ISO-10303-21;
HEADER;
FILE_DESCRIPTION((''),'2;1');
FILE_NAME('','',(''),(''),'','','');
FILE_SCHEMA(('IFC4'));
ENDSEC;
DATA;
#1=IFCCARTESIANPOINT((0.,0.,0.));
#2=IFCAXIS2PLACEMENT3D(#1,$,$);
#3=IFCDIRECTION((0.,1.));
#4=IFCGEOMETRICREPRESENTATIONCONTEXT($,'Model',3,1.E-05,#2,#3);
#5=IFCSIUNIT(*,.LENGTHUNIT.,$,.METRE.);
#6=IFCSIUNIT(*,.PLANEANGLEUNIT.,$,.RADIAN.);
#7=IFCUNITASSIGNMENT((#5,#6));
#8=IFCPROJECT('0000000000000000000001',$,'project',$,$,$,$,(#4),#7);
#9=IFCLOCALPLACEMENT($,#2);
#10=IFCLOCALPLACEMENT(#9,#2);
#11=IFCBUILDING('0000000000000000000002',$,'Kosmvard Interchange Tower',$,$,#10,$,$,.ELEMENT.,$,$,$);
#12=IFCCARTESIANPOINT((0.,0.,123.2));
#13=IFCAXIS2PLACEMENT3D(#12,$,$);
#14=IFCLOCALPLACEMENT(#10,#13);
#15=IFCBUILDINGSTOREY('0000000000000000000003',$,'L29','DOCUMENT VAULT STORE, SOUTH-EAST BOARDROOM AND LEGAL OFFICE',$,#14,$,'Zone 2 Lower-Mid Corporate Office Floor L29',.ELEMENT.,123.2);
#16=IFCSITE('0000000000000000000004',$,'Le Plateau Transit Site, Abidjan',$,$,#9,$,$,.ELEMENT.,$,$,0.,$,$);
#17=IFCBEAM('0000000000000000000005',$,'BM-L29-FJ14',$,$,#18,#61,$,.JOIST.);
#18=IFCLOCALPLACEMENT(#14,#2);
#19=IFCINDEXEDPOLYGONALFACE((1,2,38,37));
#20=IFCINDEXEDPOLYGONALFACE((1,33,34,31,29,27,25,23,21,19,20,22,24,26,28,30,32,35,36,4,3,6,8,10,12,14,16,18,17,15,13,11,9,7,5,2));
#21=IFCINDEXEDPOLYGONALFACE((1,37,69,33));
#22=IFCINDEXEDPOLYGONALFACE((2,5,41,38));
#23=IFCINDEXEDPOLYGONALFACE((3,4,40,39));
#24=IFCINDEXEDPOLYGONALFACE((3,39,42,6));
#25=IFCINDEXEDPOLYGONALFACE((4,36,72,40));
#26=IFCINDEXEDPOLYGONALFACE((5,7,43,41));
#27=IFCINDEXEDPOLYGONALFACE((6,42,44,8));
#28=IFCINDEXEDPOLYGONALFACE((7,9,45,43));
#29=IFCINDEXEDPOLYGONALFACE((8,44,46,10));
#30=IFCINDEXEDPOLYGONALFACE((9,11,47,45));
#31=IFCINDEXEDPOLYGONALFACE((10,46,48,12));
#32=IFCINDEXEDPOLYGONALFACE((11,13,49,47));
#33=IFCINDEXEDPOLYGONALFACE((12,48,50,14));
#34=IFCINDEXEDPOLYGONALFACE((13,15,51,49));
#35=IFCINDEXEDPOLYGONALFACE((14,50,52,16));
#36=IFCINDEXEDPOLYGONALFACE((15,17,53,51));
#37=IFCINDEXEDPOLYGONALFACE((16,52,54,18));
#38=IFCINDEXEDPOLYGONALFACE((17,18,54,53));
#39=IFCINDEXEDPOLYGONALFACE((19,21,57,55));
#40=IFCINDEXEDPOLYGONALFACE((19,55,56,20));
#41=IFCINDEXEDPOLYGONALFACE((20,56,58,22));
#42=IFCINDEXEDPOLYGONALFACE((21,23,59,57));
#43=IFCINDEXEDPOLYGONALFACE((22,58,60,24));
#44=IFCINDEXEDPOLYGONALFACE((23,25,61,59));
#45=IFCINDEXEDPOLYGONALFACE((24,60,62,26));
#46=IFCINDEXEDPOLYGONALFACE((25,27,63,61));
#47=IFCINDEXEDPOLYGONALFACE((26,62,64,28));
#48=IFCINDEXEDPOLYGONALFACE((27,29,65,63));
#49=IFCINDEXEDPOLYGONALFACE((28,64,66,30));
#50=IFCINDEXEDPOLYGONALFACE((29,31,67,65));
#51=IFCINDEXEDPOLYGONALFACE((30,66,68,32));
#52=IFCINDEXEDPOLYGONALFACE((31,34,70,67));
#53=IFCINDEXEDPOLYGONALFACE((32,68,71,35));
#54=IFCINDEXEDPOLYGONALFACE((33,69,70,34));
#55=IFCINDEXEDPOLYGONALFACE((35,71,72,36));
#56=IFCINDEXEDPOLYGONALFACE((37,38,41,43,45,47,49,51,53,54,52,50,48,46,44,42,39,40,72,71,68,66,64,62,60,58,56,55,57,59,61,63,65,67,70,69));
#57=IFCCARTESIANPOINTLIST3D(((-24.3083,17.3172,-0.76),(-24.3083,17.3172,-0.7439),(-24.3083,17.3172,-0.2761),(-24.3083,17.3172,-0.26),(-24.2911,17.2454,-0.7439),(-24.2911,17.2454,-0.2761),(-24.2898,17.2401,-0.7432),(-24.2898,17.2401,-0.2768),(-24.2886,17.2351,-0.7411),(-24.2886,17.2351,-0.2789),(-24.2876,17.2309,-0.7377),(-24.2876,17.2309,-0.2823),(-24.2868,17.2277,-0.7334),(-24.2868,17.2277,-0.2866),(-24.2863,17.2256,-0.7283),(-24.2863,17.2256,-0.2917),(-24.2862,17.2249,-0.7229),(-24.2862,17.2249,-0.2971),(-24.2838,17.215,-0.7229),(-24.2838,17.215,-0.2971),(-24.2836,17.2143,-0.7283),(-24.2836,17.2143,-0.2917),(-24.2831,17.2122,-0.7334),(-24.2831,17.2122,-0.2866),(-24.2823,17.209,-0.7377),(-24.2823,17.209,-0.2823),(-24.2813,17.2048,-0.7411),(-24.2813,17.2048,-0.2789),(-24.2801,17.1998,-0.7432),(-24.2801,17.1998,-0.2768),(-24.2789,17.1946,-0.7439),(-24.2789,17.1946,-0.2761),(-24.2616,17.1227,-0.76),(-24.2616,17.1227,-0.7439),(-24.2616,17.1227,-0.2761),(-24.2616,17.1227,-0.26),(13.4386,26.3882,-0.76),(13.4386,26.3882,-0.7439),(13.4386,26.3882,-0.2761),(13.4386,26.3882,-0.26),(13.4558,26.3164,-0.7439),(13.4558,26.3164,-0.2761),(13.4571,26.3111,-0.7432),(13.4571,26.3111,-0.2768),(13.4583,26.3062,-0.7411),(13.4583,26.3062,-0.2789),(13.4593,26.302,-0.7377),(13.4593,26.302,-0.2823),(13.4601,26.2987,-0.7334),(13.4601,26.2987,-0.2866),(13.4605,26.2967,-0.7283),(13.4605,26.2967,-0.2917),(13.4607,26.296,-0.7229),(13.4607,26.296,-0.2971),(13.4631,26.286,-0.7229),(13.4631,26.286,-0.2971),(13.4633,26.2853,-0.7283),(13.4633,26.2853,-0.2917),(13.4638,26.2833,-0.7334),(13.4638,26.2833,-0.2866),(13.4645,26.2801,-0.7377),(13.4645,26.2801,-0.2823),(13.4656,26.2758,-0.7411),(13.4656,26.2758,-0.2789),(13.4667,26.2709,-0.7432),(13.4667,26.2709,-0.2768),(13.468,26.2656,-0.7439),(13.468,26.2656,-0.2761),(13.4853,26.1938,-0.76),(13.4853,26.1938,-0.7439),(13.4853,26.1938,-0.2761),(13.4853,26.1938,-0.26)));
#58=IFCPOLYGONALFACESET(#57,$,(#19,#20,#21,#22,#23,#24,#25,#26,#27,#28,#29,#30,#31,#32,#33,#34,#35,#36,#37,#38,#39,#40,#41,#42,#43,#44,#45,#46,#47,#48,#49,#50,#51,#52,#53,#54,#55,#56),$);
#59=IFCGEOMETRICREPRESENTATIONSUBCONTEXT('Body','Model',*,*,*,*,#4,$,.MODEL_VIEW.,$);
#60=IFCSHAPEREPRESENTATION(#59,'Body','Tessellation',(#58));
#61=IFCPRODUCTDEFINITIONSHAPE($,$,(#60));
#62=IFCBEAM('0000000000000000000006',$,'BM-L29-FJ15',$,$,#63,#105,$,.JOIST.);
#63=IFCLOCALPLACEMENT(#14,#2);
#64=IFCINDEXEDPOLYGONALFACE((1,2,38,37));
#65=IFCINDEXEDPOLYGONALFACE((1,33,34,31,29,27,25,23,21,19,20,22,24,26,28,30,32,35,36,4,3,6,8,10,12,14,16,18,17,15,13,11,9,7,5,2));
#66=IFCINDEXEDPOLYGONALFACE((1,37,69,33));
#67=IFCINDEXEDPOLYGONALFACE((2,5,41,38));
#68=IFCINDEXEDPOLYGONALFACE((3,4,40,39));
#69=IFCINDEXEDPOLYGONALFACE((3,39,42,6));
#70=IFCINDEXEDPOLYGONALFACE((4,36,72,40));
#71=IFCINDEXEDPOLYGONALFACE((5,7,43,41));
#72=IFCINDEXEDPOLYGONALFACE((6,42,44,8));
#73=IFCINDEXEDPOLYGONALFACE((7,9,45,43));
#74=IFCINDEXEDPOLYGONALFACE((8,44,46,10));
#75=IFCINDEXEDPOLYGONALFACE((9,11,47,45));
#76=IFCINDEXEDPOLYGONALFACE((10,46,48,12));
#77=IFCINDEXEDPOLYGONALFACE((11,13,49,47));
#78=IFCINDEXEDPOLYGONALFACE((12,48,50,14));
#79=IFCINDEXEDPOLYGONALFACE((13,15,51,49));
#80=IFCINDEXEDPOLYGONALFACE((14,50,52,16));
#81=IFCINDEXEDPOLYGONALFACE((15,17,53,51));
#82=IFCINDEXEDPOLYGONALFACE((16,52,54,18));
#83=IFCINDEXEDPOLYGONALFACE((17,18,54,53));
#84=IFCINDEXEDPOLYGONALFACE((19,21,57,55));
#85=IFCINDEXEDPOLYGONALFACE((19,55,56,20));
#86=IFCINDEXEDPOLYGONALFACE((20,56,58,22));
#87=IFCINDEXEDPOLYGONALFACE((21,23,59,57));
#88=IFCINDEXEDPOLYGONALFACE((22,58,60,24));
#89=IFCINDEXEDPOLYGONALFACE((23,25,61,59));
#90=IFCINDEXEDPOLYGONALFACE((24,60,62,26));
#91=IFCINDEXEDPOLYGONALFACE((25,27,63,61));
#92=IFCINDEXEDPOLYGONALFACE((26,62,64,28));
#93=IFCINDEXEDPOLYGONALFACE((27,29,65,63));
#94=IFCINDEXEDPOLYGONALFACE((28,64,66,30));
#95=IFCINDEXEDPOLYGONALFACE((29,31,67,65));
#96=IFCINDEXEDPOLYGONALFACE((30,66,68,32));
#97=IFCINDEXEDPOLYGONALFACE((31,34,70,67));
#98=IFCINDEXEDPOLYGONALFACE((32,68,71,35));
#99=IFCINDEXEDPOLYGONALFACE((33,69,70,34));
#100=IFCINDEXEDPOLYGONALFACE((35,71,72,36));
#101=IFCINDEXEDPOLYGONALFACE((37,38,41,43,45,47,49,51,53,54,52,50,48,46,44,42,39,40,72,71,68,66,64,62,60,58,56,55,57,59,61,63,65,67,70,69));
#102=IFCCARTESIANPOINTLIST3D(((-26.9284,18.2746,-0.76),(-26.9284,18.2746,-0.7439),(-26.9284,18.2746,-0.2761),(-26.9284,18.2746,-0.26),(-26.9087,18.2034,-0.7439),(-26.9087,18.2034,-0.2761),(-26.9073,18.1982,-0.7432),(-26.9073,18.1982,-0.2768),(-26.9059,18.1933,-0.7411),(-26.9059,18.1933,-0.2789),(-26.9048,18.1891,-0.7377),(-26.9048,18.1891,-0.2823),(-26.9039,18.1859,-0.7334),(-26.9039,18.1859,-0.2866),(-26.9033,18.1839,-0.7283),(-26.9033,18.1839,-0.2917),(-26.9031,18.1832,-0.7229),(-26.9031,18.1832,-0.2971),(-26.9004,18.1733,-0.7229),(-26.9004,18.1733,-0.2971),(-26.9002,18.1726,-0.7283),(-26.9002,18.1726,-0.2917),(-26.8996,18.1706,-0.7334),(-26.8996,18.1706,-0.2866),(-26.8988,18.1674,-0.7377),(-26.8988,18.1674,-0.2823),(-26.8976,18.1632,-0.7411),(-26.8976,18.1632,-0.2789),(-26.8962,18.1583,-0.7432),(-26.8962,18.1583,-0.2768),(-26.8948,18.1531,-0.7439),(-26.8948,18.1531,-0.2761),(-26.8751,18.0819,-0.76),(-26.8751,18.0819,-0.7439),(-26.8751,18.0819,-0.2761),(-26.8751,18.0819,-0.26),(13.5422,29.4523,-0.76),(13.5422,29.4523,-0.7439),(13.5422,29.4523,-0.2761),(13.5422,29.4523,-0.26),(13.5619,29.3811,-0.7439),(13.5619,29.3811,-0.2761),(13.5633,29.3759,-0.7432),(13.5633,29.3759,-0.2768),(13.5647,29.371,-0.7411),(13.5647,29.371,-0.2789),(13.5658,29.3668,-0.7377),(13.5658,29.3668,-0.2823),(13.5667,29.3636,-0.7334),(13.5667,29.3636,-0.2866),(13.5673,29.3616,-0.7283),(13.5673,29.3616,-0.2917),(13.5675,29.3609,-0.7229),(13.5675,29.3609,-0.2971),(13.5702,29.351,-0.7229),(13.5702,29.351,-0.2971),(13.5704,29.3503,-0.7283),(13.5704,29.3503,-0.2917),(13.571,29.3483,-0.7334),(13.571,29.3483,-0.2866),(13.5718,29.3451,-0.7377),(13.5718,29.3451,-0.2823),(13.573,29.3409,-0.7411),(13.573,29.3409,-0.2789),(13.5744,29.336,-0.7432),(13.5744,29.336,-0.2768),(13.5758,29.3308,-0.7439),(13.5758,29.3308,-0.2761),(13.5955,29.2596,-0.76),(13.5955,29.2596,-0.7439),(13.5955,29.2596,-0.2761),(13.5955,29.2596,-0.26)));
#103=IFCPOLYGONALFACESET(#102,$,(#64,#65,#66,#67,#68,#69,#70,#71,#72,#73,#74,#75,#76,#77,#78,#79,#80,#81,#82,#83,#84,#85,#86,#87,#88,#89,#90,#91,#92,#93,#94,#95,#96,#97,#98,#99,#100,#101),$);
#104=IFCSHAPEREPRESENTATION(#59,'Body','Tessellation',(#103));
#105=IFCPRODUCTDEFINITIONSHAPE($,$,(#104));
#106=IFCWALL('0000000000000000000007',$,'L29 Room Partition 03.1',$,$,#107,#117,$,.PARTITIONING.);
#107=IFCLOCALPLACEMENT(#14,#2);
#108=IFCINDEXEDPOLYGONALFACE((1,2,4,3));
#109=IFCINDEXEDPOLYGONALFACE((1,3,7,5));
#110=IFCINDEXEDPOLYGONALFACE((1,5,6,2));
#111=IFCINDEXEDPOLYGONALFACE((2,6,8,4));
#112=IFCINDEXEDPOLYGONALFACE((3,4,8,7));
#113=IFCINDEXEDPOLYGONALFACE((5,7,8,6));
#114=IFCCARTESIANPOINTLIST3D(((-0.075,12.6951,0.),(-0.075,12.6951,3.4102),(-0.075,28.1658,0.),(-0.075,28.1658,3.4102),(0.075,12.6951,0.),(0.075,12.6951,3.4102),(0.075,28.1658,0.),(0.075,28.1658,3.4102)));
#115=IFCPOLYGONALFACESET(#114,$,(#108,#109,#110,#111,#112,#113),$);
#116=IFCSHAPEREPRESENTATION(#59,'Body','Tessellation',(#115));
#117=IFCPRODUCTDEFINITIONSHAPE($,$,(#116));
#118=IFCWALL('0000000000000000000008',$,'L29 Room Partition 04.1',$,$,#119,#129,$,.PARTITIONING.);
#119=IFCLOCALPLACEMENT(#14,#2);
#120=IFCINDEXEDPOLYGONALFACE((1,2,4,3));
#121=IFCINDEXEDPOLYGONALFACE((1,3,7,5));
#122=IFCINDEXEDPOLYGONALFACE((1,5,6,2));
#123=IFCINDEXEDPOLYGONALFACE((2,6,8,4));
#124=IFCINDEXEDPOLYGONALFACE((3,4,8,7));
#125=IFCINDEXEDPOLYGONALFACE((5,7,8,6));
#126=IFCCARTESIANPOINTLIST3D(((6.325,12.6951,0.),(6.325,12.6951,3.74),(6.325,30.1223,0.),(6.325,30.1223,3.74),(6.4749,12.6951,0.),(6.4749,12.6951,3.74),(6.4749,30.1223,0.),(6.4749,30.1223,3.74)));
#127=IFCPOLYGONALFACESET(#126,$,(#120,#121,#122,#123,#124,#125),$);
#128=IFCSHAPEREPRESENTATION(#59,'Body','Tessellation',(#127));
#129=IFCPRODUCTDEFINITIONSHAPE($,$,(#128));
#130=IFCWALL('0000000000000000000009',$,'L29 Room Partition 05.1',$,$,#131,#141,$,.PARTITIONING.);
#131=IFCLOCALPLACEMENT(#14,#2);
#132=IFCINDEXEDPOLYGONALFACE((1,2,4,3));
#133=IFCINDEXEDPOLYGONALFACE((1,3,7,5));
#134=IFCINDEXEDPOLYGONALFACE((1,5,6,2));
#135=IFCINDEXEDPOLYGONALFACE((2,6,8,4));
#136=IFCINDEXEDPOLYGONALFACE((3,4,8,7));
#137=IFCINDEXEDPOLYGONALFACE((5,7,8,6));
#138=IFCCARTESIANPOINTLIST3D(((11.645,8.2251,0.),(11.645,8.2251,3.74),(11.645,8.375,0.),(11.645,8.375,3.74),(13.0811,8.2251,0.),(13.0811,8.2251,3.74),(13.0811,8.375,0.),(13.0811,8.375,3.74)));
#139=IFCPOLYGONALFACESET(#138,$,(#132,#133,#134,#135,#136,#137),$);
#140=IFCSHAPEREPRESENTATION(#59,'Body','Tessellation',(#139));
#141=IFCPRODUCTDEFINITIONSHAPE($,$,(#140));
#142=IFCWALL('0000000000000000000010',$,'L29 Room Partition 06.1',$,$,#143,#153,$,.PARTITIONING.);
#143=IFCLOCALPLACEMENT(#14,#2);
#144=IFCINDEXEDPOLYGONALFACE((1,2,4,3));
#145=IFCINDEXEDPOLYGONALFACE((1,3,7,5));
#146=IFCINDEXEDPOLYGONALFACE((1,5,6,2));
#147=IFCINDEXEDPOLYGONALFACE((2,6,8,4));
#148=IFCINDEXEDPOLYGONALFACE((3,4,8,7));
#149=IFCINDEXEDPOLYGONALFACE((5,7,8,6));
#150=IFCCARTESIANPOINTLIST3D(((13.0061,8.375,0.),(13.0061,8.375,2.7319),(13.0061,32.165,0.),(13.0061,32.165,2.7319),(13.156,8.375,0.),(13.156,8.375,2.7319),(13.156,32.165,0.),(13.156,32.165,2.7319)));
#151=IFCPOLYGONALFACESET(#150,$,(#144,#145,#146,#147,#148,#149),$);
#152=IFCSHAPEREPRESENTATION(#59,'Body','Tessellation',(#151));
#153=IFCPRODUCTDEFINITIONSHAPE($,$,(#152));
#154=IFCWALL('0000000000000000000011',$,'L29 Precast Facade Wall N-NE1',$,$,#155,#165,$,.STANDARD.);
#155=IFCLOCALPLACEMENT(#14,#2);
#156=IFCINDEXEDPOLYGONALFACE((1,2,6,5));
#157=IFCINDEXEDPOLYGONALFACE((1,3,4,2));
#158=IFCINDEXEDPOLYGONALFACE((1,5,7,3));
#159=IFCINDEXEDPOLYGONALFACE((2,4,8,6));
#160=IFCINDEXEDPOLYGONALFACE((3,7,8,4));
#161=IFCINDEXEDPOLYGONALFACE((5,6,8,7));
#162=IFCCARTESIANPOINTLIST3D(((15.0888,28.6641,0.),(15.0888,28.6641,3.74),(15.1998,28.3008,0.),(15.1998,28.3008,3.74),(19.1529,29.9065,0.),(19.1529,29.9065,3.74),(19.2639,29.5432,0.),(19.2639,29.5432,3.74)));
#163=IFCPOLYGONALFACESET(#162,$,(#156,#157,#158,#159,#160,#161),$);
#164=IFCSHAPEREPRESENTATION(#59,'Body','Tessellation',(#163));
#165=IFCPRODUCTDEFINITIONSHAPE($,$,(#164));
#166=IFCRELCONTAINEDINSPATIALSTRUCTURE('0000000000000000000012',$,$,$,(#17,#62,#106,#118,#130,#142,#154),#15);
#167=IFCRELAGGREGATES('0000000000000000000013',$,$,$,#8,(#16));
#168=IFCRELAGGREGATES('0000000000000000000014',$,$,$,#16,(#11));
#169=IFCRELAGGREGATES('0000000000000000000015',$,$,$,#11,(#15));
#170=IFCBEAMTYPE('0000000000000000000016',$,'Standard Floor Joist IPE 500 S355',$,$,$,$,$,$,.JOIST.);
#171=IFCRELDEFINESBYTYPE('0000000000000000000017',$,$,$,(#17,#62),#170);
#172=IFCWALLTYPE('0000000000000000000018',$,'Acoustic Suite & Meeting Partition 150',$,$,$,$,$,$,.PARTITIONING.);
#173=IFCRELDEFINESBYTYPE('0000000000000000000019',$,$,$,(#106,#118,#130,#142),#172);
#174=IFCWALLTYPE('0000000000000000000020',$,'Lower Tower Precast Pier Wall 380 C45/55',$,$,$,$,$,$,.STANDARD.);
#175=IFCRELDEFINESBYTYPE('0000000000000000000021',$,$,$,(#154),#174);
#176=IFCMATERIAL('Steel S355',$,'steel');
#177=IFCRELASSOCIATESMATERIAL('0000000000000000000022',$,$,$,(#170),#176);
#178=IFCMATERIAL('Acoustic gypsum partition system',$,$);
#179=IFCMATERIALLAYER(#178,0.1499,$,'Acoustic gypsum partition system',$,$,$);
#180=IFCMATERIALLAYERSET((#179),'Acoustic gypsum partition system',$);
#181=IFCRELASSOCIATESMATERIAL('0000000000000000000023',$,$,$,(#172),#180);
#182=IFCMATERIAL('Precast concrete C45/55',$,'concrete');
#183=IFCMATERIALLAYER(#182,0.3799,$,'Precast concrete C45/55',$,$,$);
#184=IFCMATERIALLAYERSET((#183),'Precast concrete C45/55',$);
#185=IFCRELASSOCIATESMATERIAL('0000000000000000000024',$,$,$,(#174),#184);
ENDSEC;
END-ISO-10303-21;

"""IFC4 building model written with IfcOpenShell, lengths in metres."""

from ifc_helpers import new_model, si_unit, direction, frame, frame_2d, origin, origin_2d, place, context, subcontext, project, spatial, rectangle, i_section, extrude, source, transform, mapped, material, layer, layer_set, material_profile, profile_set, type_object, element, save


model = new_model("IFC4")

# Units and contexts
model_context = context("Model", 3, precision=1e-05, world=origin(), true_north=direction((0.0, 1.0)))
body_context = subcontext(model_context, "Body", "Model", "MODEL_VIEW")
ifc_project = project(units=[si_unit("LENGTHUNIT", "METRE"), si_unit("PLANEANGLEUNIT", "RADIAN")], contexts=[model_context])

# Site, building, storey
site_placement = place(None, origin())
site = spatial("IfcSite", under=ifc_project, at=site_placement, Name="Le Plateau Transit Site, Abidjan", CompositionType="ELEMENT", RefElevation=0.0)
building_placement = place(site_placement, origin())
building = spatial("IfcBuilding", under=site, at=building_placement, Name="Kosmvard Interchange Tower", CompositionType="ELEMENT")
storey_placement = place(building_placement, frame((0.0, 0.0, 123.2)))
storey = spatial("IfcBuildingStorey", under=building, at=storey_placement, Name="L29", Description="DOCUMENT VAULT STORE, SOUTH-EAST BOARDROOM AND LEGAL OFFICE", LongName="Zone 2 Lower-Mid Corporate Office Floor L29", CompositionType="ELEMENT", Elevation=123.2)

# Beams
ifc_material_1 = material(Name="Steel S355", Category="steel")
ifc_material_2 = material(Name="Precast concrete C45/55", Category="concrete")
ifc_material_profile_1 = material_profile(ifc_material_1, i_section(OverallWidth=0.2, OverallDepth=0.5, WebThickness=0.0103, FlangeThickness=0.0161, FilletRadius=0.021, at=origin_2d()), Name="IPE 500")
ifc_profile_set_1 = profile_set([ifc_material_profile_1], Name="Steel S355")
beam_type_1 = type_object("IfcBeamType", Name="Standard Floor Joist IPE 500 S355", PredefinedType="JOIST", material=ifc_profile_set_1)
shared_shape_1 = source(origin(), body_context, "Body", "SweptSolid", [
    extrude(i_section(OverallWidth=0.2, OverallDepth=0.5, WebThickness=0.0103, FlangeThickness=0.0161, FilletRadius=0.021, at=origin_2d()), origin(), (0.0, 0.0, 1.0), 38.8215),
])
beam_1_placement = place(storey_placement, frame((13.4619, 26.291, -0.51), z_axis=(-0.972318, -0.233661, 0.0), x_axis=(0.233661, -0.972318, 0.0)))
element("IfcBeam", 1, at=beam_1_placement, inside=storey, type_object=beam_type_1, Name="BM-L29-FJ14", PredefinedType="JOIST", context=body_context, shape_type="MappedRepresentation", body=[
    mapped(shared_shape_1, transform((0.0, 0.0, 0.0), scale=1.0)),
])
shared_shape_2 = source(origin(), body_context, "Body", "SweptSolid", [
    extrude(i_section(OverallWidth=0.2, OverallDepth=0.5, WebThickness=0.0103, FlangeThickness=0.0161, FilletRadius=0.021, at=origin_2d()), origin(), (0.0, 0.0, 1.0), 41.9858),
])
beam_2_placement = place(storey_placement, frame((13.5688, 29.356, -0.51), z_axis=(-0.963911, -0.266226, 0.0), x_axis=(0.266226, -0.963911, 0.0)))
element("IfcBeam", 2, at=beam_2_placement, inside=storey, type_object=beam_type_1, Name="BM-L29-FJ15", PredefinedType="JOIST", context=body_context, shape_type="MappedRepresentation", body=[
    mapped(shared_shape_2, transform((0.0, 0.0, 0.0), scale=1.0)),
])

# Walls
ifc_material_3 = material(Name="Acoustic gypsum partition system")
ifc_layer_1 = layer(ifc_material_3, 0.1499, Name="Acoustic gypsum partition system")
ifc_layer_set_1 = layer_set([ifc_layer_1], Name="Acoustic gypsum partition system")
wall_type_1 = type_object("IfcWallType", Name="Acoustic Suite & Meeting Partition 150", PredefinedType="PARTITIONING", material=ifc_layer_set_1)
wall_1_placement = place(storey_placement, frame((0.0, 12.6951, 0.0), z_axis=(0.0, 0.0, 1.0), x_axis=(0.0, 1.0, 0.0)))
element("IfcWall", 3, at=wall_1_placement, inside=storey, type_object=wall_type_1, Name="L29 Room Partition 03.1", PredefinedType="PARTITIONING", context=body_context, shape_type="SweptSolid", body=[
    extrude(rectangle(XDim=15.4707, YDim=0.1499, at=frame_2d((7.7354, 0.0))), origin(), (0.0, 0.0, 1.0), 3.4102),
])
wall_2_placement = place(storey_placement, frame((6.3999, 12.6951, 0.0), z_axis=(0.0, 0.0, 1.0), x_axis=(0.0, 1.0, 0.0)))
element("IfcWall", 4, at=wall_2_placement, inside=storey, type_object=wall_type_1, Name="L29 Room Partition 04.1", PredefinedType="PARTITIONING", context=body_context, shape_type="SweptSolid", body=[
    extrude(rectangle(XDim=17.4272, YDim=0.1499, at=frame_2d((8.7136, 0.0))), origin(), (0.0, 0.0, 1.0), 3.74),
])
wall_3_placement = place(storey_placement, frame((11.645, 8.3, 0.0), z_axis=(0.0, 0.0, 1.0), x_axis=(1.0, 0.0, 0.0)))
element("IfcWall", 5, at=wall_3_placement, inside=storey, type_object=wall_type_1, Name="L29 Room Partition 05.1", PredefinedType="PARTITIONING", context=body_context, shape_type="SweptSolid", body=[
    extrude(rectangle(XDim=1.436, YDim=0.1499, at=frame_2d((0.718, 0.0))), origin(), (0.0, 0.0, 1.0), 3.74),
])
wall_4_placement = place(storey_placement, frame((13.0811, 8.375, 0.0), z_axis=(0.0, 0.0, 1.0), x_axis=(0.0, 1.0, 0.0)))
element("IfcWall", 6, at=wall_4_placement, inside=storey, type_object=wall_type_1, Name="L29 Room Partition 06.1", PredefinedType="PARTITIONING", context=body_context, shape_type="SweptSolid", body=[
    extrude(rectangle(XDim=23.79, YDim=0.1499, at=frame_2d((11.895, 0.0))), origin(), (0.0, 0.0, 1.0), 2.7319),
])
ifc_layer_2 = layer(ifc_material_2, 0.3799, Name="Precast concrete C45/55")
ifc_layer_set_2 = layer_set([ifc_layer_2], Name="Precast concrete C45/55")
wall_type_2 = type_object("IfcWallType", Name="Lower Tower Precast Pier Wall 380 C45/55", PredefinedType="STANDARD", material=ifc_layer_set_2)
wall_5_placement = place(storey_placement, frame((19.2085, 29.7249, 0.0), z_axis=(0.0, 0.0, 1.0), x_axis=(-0.956313, -0.292346, 0.0)))
element("IfcWall", 7, at=wall_5_placement, inside=storey, type_object=wall_type_2, Name="L29 Precast Facade Wall N-NE1", PredefinedType="STANDARD", context=body_context, shape_type="SweptSolid", body=[
    extrude(rectangle(XDim=4.2498, YDim=0.3799, at=frame_2d((2.125, 0.0))), origin(), (0.0, 0.0, 1.0), 3.74),
])

save(model, "model.ifc")
